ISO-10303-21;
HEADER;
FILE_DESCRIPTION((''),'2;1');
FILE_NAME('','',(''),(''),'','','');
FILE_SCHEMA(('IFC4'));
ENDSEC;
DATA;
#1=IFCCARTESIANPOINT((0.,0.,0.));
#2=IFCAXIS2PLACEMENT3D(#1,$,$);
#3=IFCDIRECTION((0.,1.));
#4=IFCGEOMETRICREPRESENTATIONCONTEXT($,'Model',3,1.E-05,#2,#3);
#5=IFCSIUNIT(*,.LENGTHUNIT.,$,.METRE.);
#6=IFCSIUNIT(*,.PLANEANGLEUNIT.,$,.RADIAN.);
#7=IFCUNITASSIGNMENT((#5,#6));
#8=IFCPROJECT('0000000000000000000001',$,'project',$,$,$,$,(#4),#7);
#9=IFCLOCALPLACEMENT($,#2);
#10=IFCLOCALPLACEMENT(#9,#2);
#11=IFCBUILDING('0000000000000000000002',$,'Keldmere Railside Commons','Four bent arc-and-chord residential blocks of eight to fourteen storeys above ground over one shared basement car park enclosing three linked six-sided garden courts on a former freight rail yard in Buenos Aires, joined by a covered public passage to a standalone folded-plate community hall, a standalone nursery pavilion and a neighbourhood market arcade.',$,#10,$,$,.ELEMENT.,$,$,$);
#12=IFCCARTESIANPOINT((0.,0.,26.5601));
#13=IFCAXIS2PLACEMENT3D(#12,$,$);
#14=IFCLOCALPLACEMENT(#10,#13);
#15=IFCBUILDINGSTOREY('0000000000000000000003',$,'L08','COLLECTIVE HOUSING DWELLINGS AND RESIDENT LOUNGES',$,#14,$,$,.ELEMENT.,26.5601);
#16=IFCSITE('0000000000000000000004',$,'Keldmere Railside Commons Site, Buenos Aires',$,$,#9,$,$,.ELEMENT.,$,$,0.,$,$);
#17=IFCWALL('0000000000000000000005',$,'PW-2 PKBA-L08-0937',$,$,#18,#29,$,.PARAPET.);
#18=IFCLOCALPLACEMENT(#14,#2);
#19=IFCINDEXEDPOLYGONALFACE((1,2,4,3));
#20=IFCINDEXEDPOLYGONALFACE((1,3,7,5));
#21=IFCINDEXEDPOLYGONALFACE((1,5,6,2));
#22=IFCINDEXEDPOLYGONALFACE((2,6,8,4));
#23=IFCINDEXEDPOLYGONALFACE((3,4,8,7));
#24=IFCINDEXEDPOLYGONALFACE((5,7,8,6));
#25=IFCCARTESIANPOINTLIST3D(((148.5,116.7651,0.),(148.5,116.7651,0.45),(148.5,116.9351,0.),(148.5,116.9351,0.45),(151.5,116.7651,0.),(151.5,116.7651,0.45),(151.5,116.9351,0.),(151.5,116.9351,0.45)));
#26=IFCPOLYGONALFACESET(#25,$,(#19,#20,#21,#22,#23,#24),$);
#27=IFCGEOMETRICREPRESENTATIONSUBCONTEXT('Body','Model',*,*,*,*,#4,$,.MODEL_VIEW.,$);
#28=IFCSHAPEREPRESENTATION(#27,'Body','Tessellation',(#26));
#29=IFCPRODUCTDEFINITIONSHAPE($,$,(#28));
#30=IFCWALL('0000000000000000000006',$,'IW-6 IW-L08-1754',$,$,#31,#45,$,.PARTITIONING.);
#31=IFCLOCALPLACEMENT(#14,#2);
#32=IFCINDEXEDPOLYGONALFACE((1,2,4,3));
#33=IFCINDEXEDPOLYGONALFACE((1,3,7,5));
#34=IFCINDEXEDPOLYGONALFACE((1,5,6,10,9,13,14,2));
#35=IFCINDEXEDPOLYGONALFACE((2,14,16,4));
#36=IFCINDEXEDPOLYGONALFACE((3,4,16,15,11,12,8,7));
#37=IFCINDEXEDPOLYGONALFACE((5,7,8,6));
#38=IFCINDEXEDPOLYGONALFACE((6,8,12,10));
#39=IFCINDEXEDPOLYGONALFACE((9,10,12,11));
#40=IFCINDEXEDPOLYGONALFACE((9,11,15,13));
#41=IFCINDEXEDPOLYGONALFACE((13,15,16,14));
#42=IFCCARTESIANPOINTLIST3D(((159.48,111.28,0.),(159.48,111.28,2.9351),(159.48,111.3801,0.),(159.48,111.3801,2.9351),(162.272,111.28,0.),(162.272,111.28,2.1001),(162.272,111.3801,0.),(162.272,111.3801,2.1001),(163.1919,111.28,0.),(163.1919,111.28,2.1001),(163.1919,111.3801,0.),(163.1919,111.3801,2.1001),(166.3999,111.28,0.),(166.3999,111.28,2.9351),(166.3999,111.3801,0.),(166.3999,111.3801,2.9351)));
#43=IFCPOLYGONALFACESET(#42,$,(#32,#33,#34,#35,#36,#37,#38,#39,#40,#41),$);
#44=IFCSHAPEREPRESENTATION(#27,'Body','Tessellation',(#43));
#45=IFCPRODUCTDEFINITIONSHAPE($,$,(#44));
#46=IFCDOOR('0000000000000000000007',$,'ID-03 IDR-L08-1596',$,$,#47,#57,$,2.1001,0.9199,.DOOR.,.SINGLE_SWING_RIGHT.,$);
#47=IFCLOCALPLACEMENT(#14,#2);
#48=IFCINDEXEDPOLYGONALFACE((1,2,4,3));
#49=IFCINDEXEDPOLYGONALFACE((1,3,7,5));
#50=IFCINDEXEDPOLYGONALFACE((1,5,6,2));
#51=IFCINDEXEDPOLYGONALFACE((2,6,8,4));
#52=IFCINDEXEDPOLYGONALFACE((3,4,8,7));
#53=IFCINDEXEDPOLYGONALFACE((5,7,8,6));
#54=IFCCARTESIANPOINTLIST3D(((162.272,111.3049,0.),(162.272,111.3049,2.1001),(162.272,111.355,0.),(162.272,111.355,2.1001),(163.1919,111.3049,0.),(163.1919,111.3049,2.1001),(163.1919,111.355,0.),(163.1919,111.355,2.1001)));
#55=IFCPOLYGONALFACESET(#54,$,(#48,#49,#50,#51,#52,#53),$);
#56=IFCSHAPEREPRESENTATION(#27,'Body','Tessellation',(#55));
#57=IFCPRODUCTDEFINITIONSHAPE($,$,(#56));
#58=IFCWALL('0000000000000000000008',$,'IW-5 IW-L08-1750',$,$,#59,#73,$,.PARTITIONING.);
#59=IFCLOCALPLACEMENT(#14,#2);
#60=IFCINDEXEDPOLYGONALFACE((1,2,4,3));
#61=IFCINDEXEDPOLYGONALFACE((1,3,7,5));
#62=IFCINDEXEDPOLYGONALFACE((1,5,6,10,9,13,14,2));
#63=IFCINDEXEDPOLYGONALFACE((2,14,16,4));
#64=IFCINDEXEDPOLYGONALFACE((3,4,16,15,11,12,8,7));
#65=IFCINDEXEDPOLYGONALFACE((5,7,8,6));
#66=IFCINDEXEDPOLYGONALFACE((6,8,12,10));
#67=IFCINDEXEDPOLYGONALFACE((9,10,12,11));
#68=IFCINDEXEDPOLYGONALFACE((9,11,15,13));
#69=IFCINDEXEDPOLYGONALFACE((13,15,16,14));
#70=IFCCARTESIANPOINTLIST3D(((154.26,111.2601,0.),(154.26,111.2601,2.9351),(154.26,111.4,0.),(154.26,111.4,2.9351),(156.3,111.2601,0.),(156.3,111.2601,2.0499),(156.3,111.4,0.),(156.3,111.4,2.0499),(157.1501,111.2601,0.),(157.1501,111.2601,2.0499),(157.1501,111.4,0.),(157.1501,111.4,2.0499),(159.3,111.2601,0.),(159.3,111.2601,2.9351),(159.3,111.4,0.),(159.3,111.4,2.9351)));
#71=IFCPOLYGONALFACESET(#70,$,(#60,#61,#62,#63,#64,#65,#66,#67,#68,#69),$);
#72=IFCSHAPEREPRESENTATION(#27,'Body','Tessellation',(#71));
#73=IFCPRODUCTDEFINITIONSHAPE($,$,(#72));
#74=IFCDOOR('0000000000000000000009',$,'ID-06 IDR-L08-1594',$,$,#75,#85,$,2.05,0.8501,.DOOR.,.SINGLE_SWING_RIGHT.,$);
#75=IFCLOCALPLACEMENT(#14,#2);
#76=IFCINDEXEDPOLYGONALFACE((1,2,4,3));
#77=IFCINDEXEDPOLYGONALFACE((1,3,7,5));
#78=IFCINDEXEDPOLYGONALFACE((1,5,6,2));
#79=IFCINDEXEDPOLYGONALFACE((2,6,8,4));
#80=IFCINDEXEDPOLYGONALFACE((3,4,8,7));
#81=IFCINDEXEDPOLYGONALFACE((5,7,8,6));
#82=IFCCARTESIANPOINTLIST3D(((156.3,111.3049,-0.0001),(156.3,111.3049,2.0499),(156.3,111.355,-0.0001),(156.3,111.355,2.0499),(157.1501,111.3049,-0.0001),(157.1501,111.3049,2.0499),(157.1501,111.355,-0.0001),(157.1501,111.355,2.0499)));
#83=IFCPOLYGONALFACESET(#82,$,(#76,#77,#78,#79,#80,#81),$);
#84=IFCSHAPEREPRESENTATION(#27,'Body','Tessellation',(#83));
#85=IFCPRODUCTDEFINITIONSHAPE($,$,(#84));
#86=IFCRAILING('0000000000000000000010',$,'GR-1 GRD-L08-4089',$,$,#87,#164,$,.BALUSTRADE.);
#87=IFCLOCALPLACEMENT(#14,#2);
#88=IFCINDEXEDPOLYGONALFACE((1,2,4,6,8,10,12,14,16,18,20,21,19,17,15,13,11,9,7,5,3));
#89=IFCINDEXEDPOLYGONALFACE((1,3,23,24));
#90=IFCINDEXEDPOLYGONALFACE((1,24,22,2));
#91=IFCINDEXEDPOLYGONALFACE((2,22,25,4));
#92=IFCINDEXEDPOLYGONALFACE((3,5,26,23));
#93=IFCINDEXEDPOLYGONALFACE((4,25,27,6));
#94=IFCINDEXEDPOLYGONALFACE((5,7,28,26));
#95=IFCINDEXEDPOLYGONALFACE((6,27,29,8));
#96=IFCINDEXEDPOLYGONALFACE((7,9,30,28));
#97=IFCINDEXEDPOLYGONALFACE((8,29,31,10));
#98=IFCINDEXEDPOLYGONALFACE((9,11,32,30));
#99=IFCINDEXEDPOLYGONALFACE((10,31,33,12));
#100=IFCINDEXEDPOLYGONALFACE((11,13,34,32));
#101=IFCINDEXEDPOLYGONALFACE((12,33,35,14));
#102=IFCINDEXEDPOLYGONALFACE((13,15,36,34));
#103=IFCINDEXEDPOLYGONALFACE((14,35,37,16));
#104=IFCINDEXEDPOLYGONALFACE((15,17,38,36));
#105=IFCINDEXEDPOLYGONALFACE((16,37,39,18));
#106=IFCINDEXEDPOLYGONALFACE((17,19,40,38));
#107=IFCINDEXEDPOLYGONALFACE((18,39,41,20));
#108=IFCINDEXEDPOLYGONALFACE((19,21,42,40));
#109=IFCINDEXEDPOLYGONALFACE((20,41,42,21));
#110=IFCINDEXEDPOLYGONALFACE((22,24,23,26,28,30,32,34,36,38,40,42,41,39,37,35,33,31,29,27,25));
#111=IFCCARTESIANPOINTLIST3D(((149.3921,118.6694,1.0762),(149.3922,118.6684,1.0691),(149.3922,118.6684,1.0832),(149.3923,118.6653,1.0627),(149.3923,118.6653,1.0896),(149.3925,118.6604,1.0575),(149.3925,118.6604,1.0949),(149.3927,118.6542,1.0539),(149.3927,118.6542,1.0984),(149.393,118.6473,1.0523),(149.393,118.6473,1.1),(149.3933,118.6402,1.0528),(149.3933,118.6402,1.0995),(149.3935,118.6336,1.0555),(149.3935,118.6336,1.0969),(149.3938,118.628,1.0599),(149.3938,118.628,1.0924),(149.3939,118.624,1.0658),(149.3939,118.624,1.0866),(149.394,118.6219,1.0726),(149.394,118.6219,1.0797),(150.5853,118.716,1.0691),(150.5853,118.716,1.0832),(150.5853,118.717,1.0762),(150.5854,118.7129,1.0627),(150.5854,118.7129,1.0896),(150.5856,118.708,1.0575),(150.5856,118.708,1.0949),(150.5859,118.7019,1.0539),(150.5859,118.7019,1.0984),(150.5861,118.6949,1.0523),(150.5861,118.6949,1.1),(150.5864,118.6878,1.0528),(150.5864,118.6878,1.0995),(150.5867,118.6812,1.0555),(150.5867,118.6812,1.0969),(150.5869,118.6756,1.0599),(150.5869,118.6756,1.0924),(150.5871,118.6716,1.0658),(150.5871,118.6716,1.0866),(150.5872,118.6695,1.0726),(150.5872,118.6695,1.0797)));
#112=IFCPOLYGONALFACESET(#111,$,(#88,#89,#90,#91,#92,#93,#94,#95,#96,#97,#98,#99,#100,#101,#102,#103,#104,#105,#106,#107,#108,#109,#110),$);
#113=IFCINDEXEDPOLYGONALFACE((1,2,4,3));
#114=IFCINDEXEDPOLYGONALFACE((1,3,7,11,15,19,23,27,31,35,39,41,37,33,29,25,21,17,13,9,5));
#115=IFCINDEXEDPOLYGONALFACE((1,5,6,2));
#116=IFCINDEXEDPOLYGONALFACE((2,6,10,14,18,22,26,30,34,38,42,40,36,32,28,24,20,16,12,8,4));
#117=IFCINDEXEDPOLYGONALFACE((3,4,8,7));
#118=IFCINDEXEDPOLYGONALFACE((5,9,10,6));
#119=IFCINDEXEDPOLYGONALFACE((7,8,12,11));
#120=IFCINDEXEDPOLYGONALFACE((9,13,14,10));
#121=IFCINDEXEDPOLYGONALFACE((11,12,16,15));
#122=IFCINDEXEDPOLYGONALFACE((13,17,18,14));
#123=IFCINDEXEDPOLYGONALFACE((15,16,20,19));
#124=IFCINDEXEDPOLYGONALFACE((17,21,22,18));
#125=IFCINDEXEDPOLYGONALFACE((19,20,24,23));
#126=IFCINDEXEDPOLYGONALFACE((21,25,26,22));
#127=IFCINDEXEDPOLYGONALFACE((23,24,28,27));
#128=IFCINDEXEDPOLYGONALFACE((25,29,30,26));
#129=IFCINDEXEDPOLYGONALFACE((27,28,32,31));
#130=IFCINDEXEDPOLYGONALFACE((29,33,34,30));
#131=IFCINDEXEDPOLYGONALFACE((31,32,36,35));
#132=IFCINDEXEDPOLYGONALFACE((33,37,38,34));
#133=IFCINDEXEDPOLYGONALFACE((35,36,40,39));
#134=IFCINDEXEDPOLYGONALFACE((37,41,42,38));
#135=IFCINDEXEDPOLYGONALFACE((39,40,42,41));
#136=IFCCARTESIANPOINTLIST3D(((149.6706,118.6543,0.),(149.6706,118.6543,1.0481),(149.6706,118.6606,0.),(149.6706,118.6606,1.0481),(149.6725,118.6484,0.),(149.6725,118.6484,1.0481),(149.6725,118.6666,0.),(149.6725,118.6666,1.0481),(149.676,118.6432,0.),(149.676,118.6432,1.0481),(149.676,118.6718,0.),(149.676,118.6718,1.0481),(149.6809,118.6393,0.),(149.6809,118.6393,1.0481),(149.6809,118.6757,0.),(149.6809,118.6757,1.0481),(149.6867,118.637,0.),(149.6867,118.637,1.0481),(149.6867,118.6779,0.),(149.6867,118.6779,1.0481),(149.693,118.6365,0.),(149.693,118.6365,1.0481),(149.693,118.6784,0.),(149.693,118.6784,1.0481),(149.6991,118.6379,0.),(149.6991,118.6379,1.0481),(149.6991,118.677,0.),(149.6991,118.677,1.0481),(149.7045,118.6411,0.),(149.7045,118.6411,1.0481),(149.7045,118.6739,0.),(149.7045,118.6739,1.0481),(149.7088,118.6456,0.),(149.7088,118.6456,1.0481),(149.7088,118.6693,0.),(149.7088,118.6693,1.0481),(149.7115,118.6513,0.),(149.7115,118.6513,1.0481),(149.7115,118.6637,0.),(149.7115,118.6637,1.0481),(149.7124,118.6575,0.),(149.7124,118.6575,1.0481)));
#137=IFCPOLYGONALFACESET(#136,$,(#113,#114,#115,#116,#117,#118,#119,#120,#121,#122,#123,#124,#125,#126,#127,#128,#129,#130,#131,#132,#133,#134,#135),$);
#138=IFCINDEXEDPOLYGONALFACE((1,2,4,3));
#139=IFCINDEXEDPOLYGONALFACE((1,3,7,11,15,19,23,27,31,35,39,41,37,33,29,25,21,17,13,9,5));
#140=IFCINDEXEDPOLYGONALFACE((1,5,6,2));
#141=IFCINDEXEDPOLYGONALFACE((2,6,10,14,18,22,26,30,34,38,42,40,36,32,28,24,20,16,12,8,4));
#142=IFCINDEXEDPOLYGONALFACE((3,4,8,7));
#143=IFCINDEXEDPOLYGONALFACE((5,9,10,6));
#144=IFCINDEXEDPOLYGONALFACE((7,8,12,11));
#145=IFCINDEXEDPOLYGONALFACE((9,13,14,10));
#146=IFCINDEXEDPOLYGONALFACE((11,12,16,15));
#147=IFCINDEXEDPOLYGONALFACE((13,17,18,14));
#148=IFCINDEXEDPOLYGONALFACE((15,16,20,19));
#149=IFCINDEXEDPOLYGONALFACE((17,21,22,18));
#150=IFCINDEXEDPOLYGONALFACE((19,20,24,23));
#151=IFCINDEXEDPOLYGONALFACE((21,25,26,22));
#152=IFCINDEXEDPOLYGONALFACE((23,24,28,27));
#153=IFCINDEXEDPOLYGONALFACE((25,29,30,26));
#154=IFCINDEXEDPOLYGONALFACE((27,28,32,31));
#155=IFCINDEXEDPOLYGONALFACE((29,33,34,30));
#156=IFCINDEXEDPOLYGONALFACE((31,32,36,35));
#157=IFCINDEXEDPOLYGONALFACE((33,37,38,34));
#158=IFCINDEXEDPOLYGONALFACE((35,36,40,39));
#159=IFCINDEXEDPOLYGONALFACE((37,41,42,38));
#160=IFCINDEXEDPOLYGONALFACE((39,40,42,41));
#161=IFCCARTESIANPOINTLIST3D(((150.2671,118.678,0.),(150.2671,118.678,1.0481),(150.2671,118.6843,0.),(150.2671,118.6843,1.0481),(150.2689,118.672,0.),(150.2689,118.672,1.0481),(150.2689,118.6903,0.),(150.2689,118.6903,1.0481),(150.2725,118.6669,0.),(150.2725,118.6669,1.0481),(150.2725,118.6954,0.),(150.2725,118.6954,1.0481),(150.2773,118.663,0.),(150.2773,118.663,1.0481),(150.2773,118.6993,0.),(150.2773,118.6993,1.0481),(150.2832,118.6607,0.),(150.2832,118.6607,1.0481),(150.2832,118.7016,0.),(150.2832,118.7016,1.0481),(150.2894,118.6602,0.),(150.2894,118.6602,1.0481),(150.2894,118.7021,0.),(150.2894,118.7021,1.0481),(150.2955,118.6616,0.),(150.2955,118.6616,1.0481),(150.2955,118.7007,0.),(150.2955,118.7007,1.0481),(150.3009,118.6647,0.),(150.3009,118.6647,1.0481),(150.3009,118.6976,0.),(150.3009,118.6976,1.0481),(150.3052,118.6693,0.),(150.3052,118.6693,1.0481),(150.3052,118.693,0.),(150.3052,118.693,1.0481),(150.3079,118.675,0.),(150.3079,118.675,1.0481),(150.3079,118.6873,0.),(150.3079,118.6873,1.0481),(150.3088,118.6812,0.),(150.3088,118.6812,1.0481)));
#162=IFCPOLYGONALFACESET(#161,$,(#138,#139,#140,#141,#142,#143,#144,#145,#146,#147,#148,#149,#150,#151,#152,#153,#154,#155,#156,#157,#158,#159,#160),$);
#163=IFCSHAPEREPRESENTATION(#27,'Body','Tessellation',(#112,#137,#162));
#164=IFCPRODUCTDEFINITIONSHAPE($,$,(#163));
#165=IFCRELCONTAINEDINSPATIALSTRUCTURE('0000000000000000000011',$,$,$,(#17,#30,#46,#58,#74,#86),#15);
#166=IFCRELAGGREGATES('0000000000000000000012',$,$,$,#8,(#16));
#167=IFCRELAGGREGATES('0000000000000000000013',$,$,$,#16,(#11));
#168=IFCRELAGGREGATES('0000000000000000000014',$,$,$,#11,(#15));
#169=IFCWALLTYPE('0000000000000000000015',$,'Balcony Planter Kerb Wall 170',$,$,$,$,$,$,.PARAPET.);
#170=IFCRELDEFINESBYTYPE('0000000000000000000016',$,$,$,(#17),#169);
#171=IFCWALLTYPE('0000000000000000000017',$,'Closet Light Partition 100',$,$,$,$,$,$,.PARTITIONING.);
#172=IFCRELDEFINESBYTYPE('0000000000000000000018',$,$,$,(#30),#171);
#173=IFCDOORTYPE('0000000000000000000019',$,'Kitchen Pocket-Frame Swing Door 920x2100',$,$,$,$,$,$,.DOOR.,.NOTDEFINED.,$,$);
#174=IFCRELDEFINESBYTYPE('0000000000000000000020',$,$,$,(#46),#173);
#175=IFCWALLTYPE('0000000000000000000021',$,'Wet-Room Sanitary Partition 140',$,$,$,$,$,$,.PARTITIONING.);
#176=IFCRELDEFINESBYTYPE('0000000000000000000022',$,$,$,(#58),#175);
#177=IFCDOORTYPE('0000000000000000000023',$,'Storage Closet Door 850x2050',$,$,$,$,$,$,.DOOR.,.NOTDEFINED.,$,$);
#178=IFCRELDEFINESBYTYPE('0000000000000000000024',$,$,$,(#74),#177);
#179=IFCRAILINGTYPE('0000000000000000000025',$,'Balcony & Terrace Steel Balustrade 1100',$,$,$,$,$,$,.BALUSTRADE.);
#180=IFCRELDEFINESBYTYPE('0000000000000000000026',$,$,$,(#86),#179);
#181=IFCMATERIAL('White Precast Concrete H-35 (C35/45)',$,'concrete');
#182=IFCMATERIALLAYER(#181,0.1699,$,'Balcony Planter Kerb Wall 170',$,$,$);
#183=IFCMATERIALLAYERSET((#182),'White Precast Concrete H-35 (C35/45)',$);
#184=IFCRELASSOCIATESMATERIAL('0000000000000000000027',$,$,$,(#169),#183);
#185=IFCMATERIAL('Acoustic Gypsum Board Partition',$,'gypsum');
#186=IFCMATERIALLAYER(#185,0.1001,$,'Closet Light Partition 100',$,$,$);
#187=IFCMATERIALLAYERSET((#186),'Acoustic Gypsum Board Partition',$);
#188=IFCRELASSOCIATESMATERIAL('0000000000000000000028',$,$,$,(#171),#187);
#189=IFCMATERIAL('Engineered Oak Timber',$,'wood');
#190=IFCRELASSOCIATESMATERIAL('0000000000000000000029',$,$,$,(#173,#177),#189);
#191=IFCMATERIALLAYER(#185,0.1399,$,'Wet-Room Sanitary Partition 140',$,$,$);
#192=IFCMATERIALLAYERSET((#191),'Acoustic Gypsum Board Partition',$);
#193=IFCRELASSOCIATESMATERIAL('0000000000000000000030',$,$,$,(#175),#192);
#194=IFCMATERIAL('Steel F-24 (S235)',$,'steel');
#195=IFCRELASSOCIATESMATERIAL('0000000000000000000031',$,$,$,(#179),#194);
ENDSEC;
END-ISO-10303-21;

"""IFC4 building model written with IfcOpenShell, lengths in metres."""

from ifc_helpers import new_model, si_unit, direction, frame, frame_2d, origin, origin_2d, place, context, subcontext, project, spatial, rectangle, circle, extrude, material, layer, layer_set, type_object, element, fill, save


model = new_model("IFC4")

# Units and contexts
model_context = context("Model", 3, precision=1e-05, world=origin(), true_north=direction((0.0, 1.0)))
body_context = subcontext(model_context, "Body", "Model", "MODEL_VIEW")
ifc_project = project(units=[si_unit("LENGTHUNIT", "METRE"), si_unit("PLANEANGLEUNIT", "RADIAN")], contexts=[model_context])

# Site, building, storey
site_placement = place(None, origin())
site = spatial("IfcSite", under=ifc_project, at=site_placement, Name="Keldmere Railside Commons Site, Buenos Aires", CompositionType="ELEMENT", RefElevation=0.0)
building_placement = place(site_placement, origin())
building = spatial("IfcBuilding", under=site, at=building_placement, Name="Keldmere Railside Commons", Description="Four bent arc-and-chord residential blocks of eight to fourteen storeys above ground over one shared basement car park enclosing three linked six-sided garden courts on a former freight rail yard in Buenos Aires, joined by a covered public passage to a standalone folded-plate community hall, a standalone nursery pavilion and a neighbourhood market arcade.", CompositionType="ELEMENT")
storey_placement = place(building_placement, frame((0.0, 0.0, 26.5601)))
storey = spatial("IfcBuildingStorey", under=building, at=storey_placement, Name="L08", Description="COLLECTIVE HOUSING DWELLINGS AND RESIDENT LOUNGES", CompositionType="ELEMENT", Elevation=26.5601)

# Shared definitions
ifc_material_1 = material(Name="Acoustic Gypsum Board Partition", Category="gypsum")

# Shared definitions
ifc_material_2 = material(Name="Engineered Oak Timber", Category="wood")

# Wall
ifc_material_3 = material(Name="White Precast Concrete H-35 (C35/45)", Category="concrete")
ifc_layer_1 = layer(ifc_material_3, 0.1699, Name="Balcony Planter Kerb Wall 170")
ifc_layer_set_1 = layer_set([ifc_layer_1], Name="White Precast Concrete H-35 (C35/45)")
wall_type_1 = type_object("IfcWallType", Name="Balcony Planter Kerb Wall 170", PredefinedType="PARAPET", material=ifc_layer_set_1)
wall_1_placement = place(storey_placement, frame((148.5, 116.8501, 0.0), z_axis=(0.0, 0.0, 1.0), x_axis=(1.0, 0.0, 0.0)))
element("IfcWall", 1, at=wall_1_placement, inside=storey, type_object=wall_type_1, Name="PW-2 PKBA-L08-0937", PredefinedType="PARAPET", context=body_context, shape_type="SweptSolid", body=[
    extrude(rectangle(XDim=3.0, YDim=0.1699, at=frame_2d((1.5, 0.0))), origin(), (0.0, 0.0, 1.0), 0.45),
])

# Walls, openings, doors
ifc_layer_2 = layer(ifc_material_1, 0.1001, Name="Closet Light Partition 100")
ifc_layer_set_2 = layer_set([ifc_layer_2], Name="Acoustic Gypsum Board Partition")
wall_type_2 = type_object("IfcWallType", Name="Closet Light Partition 100", PredefinedType="PARTITIONING", material=ifc_layer_set_2)
wall_2_placement = place(storey_placement, frame((159.48, 111.3301, 0.0), z_axis=(0.0, 0.0, 1.0), x_axis=(1.0, 0.0, 0.0)))
wall_2 = element("IfcWall", 2, at=wall_2_placement, inside=storey, type_object=wall_type_2, Name="IW-6 IW-L08-1754", PredefinedType="PARTITIONING", context=body_context, shape_type="SweptSolid", body=[
    extrude(rectangle(XDim=6.9199, YDim=0.1001, at=frame_2d((3.46, 0.0))), origin(), (0.0, 0.0, 1.0), 2.9351),
])
opening_1_placement = place(wall_2_placement, frame((2.792, 0.0, 0.0)))
opening_1 = element("IfcOpeningElement", 3, at=opening_1_placement, cuts=wall_2, PredefinedType="OPENING", context=body_context, shape_type="SweptSolid", body=[
    extrude(rectangle(XDim=0.9199, YDim=2.1001, at=frame_2d((0.46, 1.05))), frame((0.0, 0.0601, 0.0), z_axis=(0.0, -1.0, 0.0), x_axis=(1.0, 0.0, 0.0)), (0.0, 0.0, 1.0), 0.1201),
])
door_type_1 = type_object("IfcDoorType", Name="Kitchen Pocket-Frame Swing Door 920x2100", OperationType="NOTDEFINED", PredefinedType="DOOR", material=ifc_material_2)
door_1_placement = place(opening_1_placement, origin())
door_1 = element("IfcDoor", 4, at=door_1_placement, inside=storey, type_object=door_type_1, Name="ID-03 IDR-L08-1596", OperationType="SINGLE_SWING_RIGHT", OverallHeight=2.1001, OverallWidth=0.9199, PredefinedType="DOOR", context=body_context, shape_type="SweptSolid", body=[
    extrude(rectangle(XDim=0.9199, YDim=2.1001, at=frame_2d((0.46, 1.05))), frame((0.0, 0.0249, 0.0), z_axis=(0.0, -1.0, 0.0), x_axis=(1.0, 0.0, 0.0)), (0.0, 0.0, 1.0), 0.05),
])
fill(opening_1, door_1)
ifc_layer_3 = layer(ifc_material_1, 0.1399, Name="Wet-Room Sanitary Partition 140")
ifc_layer_set_3 = layer_set([ifc_layer_3], Name="Acoustic Gypsum Board Partition")
wall_type_3 = type_object("IfcWallType", Name="Wet-Room Sanitary Partition 140", PredefinedType="PARTITIONING", material=ifc_layer_set_3)
wall_3_placement = place(storey_placement, frame((154.26, 111.3301, 0.0), z_axis=(0.0, 0.0, 1.0), x_axis=(1.0, 0.0, 0.0)))
wall_3 = element("IfcWall", 5, at=wall_3_placement, inside=storey, type_object=wall_type_3, Name="IW-5 IW-L08-1750", PredefinedType="PARTITIONING", context=body_context, shape_type="SweptSolid", body=[
    extrude(rectangle(XDim=5.04, YDim=0.1399, at=frame_2d((2.52, 0.0))), origin(), (0.0, 0.0, 1.0), 2.9351),
])
opening_2_placement = place(wall_3_placement, frame((2.04, 0.0, 0.0)))
opening_2 = element("IfcOpeningElement", 6, at=opening_2_placement, cuts=wall_3, PredefinedType="OPENING", context=body_context, shape_type="SweptSolid", body=[
    extrude(rectangle(XDim=0.8501, YDim=2.05, at=frame_2d((0.425, 1.0249))), frame((0.0, 0.0798, 0.0), z_axis=(0.0, -1.0, 0.0), x_axis=(1.0, 0.0, 0.0)), (0.0, 0.0, 1.0), 0.1599),
])
door_type_2 = type_object("IfcDoorType", Name="Storage Closet Door 850x2050", OperationType="NOTDEFINED", PredefinedType="DOOR", material=ifc_material_2)
door_2_placement = place(opening_2_placement, origin())
door_2 = element("IfcDoor", 7, at=door_2_placement, inside=storey, type_object=door_type_2, Name="ID-06 IDR-L08-1594", OperationType="SINGLE_SWING_RIGHT", OverallHeight=2.05, OverallWidth=0.8501, PredefinedType="DOOR", context=body_context, shape_type="SweptSolid", body=[
    extrude(rectangle(XDim=0.8501, YDim=2.05, at=frame_2d((0.425, 1.0249))), frame((0.0, 0.0249, 0.0), z_axis=(0.0, -1.0, 0.0), x_axis=(1.0, 0.0, 0.0)), (0.0, 0.0, 1.0), 0.05),
])
fill(opening_2, door_2)

# Railing
ifc_material_4 = material(Name="Steel F-24 (S235)", Category="steel")
railing_type = type_object("IfcRailingType", Name="Balcony & Terrace Steel Balustrade 1100", PredefinedType="BALUSTRADE", material=ifc_material_4)
railing_1_placement = place(storey_placement, frame((149.3931, 118.6455, 0.0)))
element("IfcRailing", 8, at=railing_1_placement, inside=storey, type_object=railing_type, Name="GR-1 GRD-L08-4089", PredefinedType="BALUSTRADE", context=body_context, shape_type="SweptSolid", body=[
    extrude(circle(Radius=0.0239, at=origin_2d()), frame((0.0, 0.0, 1.0762), z_axis=(0.999205, 0.03987, 0.0), x_axis=(-0.03987, 0.999205, 0.0)), (0.0, 0.0, 1.0), 1.1941),
    extrude(circle(Radius=0.021, at=origin_2d()), frame((0.2983, 0.012, 0.0)), (0.0, 0.0, 1.0), 1.0481),
    extrude(circle(Radius=0.021, at=origin_2d()), frame((0.8948, 0.0356, 0.0)), (0.0, 0.0, 1.0), 1.0481),
])

save(model, "model.ifc")
